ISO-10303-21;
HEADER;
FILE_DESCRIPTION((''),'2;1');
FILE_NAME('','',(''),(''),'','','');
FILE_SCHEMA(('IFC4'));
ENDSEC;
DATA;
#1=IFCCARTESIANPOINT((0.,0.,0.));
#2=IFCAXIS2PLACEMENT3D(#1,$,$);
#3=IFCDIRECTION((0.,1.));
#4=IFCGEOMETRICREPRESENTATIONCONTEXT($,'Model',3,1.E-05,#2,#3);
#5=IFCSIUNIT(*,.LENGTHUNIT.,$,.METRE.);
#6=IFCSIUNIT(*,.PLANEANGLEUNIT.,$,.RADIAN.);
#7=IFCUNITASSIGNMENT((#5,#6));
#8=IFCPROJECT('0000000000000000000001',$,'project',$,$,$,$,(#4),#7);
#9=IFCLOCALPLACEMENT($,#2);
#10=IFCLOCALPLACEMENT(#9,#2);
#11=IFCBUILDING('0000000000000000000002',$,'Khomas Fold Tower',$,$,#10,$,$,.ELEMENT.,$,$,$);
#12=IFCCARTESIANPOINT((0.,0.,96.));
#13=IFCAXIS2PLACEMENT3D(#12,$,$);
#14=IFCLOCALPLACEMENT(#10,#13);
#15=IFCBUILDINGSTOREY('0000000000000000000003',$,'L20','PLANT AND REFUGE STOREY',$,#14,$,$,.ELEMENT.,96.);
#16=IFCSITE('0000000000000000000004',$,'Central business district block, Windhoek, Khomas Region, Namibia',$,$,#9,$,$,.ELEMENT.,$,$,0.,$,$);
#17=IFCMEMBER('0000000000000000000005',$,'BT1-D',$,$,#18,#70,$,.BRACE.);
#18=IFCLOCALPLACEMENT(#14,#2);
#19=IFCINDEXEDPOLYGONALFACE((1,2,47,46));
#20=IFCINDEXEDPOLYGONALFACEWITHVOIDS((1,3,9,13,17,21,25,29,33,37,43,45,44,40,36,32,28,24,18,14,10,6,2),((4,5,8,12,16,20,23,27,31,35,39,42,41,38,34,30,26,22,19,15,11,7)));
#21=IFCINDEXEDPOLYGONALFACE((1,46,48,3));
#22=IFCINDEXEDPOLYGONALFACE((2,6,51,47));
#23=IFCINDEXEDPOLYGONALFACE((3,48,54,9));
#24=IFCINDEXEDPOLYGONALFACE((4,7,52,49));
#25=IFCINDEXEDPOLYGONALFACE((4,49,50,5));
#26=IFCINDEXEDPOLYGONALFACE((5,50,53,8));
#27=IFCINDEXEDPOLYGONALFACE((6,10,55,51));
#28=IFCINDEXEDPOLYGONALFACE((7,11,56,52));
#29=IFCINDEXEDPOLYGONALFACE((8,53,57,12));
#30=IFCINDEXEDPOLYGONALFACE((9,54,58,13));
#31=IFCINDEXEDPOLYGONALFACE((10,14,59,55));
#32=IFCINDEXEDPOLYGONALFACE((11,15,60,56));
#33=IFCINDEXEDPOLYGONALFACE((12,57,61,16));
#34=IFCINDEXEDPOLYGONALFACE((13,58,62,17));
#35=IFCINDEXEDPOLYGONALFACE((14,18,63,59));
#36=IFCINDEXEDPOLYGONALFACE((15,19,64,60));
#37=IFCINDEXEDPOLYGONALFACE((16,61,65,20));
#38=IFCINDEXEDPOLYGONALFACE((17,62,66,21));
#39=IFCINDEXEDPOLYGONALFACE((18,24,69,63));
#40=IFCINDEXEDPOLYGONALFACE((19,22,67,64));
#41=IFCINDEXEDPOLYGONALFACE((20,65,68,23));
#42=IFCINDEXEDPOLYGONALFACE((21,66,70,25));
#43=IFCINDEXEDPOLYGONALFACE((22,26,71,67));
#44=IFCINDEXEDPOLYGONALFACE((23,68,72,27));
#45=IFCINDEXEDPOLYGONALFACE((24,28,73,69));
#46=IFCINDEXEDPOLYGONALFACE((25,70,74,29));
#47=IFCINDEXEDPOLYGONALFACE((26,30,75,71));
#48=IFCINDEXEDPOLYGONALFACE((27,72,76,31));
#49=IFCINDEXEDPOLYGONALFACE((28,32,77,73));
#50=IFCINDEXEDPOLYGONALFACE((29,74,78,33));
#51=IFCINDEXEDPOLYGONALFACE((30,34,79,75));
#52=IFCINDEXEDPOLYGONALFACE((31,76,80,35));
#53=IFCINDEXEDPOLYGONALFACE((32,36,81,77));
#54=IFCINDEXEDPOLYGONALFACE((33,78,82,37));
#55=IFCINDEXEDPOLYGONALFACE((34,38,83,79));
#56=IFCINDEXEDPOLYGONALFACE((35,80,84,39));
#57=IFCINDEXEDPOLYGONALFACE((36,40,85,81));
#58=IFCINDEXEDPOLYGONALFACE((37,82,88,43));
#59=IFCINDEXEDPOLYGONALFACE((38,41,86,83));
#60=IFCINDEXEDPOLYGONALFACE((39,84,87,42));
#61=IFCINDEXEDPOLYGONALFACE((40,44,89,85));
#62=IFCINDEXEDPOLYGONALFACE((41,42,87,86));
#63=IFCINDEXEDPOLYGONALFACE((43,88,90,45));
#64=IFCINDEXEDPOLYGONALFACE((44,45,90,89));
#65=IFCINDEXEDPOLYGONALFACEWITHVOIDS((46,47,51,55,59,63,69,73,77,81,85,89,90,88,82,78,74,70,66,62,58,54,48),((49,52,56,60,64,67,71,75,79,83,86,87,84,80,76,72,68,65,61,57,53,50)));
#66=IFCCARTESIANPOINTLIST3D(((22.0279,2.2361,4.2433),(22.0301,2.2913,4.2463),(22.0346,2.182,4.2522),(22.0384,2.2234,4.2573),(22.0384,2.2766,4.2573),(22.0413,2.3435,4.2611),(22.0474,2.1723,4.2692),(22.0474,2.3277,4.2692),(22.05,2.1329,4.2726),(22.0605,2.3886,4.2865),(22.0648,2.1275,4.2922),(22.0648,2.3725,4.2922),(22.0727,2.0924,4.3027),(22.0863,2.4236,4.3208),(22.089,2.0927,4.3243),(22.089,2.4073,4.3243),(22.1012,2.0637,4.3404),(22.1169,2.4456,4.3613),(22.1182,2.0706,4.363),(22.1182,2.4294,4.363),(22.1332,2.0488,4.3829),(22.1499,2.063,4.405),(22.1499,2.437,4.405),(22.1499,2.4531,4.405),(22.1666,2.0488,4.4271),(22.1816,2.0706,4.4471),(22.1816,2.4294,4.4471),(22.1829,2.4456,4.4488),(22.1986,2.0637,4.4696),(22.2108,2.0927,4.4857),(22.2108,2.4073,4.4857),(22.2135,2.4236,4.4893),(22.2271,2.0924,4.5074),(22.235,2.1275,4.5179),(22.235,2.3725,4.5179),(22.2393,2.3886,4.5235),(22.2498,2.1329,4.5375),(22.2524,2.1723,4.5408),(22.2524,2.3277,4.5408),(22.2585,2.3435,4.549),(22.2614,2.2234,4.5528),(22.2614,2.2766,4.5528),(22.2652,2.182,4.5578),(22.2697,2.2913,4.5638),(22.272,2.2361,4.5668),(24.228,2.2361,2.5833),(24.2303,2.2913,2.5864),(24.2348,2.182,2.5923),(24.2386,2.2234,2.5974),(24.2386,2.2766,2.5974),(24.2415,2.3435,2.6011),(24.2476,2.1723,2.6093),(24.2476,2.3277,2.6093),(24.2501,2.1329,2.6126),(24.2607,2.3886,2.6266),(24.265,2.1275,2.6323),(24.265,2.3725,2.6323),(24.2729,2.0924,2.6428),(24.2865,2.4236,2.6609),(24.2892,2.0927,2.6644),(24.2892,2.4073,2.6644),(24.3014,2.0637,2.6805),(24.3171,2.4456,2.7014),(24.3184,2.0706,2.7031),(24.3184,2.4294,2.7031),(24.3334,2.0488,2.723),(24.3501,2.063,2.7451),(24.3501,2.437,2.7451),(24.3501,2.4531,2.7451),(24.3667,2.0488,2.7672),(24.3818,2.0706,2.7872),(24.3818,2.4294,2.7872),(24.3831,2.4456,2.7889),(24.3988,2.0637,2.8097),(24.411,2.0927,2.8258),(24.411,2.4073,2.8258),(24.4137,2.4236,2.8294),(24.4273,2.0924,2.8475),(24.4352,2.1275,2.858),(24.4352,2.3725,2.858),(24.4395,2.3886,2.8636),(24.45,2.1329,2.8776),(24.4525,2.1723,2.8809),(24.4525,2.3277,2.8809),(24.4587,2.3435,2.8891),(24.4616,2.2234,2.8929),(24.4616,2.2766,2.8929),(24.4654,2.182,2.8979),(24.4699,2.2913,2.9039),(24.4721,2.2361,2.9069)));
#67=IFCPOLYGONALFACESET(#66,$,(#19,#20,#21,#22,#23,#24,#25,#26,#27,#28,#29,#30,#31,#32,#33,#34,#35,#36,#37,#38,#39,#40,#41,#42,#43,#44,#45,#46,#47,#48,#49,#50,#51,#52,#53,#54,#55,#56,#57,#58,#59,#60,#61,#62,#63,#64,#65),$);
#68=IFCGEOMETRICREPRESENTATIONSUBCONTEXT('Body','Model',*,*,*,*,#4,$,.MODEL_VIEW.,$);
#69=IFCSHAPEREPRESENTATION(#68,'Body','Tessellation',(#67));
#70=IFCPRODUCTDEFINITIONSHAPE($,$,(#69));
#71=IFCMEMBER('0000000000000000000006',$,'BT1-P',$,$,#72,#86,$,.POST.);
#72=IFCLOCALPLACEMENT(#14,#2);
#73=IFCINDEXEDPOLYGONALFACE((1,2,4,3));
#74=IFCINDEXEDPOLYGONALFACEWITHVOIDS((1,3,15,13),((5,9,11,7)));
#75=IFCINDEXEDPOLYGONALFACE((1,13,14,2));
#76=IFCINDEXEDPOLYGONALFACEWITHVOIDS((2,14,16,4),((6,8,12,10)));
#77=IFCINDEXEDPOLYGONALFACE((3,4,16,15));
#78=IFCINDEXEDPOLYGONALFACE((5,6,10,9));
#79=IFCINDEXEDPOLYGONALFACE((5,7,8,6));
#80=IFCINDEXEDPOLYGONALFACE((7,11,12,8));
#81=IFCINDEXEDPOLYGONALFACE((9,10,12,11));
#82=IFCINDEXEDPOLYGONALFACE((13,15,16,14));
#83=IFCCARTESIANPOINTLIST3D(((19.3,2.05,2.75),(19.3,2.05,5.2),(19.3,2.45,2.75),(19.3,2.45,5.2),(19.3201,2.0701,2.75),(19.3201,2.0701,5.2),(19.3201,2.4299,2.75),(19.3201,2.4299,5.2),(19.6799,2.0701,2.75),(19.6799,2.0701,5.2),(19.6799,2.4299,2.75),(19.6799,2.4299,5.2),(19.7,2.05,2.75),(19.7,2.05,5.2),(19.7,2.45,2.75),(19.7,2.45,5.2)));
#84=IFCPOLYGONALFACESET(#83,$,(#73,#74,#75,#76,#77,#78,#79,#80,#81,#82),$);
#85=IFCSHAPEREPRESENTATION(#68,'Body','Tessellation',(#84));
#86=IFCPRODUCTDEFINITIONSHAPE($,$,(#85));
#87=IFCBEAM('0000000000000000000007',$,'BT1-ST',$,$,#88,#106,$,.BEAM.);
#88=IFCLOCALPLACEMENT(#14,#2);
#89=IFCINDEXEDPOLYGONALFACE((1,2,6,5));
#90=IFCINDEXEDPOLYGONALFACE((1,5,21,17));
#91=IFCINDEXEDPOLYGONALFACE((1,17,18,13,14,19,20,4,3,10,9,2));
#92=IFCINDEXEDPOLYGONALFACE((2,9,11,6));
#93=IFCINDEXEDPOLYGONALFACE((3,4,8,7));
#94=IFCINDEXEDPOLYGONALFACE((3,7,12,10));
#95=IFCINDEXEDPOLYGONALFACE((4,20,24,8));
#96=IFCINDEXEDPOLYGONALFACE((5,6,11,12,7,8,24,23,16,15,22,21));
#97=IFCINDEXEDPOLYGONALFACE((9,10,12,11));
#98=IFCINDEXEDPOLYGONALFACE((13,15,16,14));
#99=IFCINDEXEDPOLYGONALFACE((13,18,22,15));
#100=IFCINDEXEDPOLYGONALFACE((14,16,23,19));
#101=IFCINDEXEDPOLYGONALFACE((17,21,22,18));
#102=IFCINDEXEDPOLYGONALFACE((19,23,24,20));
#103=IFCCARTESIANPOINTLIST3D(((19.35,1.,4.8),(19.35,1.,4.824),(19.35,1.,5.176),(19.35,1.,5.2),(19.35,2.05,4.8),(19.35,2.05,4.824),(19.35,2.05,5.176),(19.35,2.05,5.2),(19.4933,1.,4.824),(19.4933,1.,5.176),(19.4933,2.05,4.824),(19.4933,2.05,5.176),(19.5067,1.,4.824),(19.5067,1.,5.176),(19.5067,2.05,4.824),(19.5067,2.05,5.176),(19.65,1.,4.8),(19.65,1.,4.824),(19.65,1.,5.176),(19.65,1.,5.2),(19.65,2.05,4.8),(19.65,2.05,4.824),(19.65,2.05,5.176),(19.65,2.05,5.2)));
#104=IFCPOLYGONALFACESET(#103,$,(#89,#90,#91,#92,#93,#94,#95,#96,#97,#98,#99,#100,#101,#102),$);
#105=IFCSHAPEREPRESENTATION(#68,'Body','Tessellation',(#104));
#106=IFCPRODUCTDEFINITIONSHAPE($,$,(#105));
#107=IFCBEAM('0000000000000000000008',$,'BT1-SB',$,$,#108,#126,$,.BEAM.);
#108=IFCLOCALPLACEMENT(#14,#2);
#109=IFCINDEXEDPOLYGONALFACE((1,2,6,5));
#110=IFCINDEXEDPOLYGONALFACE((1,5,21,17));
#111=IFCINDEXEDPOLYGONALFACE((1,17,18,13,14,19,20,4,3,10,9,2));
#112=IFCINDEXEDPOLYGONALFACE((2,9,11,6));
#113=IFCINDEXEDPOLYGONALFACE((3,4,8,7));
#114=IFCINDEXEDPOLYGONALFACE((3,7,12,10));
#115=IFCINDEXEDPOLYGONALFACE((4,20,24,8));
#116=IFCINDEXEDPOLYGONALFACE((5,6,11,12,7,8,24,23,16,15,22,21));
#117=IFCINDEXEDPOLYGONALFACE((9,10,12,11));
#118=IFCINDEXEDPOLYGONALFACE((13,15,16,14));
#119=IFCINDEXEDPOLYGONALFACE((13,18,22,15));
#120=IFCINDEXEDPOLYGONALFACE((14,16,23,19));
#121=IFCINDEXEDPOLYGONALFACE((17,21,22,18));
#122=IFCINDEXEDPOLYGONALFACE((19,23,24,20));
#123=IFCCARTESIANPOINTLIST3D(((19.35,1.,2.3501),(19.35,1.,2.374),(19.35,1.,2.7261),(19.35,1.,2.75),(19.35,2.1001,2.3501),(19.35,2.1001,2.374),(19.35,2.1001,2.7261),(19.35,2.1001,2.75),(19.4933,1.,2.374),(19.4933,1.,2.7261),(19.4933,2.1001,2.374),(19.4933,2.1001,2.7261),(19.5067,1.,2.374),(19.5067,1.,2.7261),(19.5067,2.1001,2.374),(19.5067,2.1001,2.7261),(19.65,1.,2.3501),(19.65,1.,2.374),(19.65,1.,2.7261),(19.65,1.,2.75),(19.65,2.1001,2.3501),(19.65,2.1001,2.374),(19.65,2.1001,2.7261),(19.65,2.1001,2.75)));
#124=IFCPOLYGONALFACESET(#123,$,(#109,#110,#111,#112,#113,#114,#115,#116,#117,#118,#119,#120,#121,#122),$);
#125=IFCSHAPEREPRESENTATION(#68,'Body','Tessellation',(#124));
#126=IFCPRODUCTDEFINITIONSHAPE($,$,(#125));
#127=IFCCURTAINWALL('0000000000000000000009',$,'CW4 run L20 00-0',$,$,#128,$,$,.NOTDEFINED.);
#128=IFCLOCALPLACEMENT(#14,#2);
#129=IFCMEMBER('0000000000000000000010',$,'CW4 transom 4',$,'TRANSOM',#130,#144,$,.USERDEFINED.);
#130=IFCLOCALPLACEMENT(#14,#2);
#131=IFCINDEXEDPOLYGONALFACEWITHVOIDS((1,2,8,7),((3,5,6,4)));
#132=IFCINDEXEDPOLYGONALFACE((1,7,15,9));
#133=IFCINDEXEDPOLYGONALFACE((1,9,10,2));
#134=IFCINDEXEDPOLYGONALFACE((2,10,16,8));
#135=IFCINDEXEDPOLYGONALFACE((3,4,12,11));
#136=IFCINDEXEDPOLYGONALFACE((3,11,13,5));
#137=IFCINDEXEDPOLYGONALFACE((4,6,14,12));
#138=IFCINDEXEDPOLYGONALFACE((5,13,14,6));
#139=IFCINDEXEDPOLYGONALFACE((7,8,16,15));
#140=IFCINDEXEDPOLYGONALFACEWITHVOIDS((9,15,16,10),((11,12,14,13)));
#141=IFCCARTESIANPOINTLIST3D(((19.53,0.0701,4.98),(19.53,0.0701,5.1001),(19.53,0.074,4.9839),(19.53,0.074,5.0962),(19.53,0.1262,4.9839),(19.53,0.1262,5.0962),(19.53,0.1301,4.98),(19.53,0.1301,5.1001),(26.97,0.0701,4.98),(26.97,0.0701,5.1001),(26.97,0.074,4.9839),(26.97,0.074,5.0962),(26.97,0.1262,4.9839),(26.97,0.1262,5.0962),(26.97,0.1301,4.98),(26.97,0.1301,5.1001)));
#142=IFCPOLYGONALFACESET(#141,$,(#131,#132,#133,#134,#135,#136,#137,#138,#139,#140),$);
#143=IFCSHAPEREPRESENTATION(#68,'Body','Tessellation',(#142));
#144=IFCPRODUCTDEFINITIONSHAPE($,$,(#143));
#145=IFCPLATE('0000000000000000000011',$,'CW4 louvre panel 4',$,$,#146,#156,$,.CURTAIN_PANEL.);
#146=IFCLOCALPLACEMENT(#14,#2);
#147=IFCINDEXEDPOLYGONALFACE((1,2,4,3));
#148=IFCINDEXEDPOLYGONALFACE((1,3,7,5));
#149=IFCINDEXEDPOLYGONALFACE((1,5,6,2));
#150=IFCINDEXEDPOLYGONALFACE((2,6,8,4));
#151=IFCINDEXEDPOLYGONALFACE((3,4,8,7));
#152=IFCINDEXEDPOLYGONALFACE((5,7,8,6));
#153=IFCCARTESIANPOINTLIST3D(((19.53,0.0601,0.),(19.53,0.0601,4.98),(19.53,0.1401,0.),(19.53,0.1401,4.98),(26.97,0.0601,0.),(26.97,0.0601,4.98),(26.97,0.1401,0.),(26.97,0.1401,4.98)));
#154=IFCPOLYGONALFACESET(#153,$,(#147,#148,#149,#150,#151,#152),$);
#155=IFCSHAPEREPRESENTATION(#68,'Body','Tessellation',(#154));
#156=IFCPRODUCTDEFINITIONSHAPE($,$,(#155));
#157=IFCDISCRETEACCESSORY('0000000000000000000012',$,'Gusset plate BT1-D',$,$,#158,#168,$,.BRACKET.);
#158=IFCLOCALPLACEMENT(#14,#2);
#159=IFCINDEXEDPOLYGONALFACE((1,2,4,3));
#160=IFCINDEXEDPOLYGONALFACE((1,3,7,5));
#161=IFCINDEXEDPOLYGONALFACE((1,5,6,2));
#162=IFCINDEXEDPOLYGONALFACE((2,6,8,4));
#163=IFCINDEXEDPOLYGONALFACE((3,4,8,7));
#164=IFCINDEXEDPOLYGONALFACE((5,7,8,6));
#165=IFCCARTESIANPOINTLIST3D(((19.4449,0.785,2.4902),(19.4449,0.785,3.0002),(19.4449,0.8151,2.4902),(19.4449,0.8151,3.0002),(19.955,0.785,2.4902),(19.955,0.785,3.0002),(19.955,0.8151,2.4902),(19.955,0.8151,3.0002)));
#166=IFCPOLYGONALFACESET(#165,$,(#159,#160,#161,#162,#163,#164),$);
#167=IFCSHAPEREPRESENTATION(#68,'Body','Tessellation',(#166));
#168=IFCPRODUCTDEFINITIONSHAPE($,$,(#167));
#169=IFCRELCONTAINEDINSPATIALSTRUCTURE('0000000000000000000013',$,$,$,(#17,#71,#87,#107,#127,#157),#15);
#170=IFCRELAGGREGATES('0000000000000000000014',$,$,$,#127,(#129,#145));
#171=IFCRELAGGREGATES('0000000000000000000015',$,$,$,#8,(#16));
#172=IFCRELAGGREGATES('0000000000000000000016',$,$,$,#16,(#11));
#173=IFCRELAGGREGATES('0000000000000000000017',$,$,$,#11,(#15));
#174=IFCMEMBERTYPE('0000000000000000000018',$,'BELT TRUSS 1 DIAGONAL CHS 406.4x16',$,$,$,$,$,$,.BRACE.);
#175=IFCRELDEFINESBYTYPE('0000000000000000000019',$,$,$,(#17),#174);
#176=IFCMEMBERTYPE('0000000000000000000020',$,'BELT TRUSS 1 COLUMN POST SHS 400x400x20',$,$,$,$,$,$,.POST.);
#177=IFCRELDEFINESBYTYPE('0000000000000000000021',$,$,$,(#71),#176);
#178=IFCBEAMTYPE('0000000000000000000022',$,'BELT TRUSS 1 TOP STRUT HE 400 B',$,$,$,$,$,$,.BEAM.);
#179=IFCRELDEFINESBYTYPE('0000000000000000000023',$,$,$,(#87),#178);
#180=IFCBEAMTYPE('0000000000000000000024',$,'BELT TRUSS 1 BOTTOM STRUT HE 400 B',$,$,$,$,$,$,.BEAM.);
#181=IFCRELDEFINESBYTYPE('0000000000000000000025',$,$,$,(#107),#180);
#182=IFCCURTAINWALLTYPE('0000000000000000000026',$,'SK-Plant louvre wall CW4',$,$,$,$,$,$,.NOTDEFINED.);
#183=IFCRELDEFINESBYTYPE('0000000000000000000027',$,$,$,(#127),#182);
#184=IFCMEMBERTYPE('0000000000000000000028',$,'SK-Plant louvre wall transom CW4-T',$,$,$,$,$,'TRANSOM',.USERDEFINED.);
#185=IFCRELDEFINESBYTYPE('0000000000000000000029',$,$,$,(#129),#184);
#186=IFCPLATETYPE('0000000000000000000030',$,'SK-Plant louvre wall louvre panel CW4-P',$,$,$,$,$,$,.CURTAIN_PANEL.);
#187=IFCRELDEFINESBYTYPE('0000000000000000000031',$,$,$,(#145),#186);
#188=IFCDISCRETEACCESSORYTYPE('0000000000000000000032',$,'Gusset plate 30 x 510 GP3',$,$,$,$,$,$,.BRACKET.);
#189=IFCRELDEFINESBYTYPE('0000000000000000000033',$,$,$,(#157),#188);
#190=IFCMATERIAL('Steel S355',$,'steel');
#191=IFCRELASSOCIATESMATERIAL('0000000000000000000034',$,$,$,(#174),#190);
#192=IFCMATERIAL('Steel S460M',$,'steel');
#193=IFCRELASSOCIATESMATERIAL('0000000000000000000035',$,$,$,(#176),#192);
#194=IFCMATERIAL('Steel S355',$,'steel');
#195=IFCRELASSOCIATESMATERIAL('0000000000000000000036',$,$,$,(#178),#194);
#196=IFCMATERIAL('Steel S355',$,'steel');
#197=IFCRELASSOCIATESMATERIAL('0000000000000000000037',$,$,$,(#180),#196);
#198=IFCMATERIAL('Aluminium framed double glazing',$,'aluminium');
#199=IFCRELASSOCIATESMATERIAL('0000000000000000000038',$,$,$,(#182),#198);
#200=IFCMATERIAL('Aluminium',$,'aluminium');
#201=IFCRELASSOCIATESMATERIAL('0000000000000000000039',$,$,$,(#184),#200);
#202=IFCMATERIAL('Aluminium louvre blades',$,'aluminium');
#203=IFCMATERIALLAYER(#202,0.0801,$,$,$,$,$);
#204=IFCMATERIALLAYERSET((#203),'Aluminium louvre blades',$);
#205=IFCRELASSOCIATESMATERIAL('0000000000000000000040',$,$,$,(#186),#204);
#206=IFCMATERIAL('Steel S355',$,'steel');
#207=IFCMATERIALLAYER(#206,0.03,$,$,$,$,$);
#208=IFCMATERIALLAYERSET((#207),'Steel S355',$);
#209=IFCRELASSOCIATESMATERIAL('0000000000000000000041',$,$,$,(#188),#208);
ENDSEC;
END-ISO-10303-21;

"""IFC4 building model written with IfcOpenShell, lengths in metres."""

from ifc_helpers import new_model, si_unit, direction, frame, origin, origin_2d, place, context, subcontext, project, spatial, rectangle, hollow_rectangle, hollow_circle, i_section, extrude, source, transform, mapped, material, layer, layer_set, material_profile, profile_set, type_object, element, aggregate, save


model = new_model("IFC4")

# Units and contexts
model_context = context("Model", 3, precision=1e-05, world=origin(), true_north=direction((0.0, 1.0)))
body_context = subcontext(model_context, "Body", "Model", "MODEL_VIEW")
ifc_project = project(units=[si_unit("LENGTHUNIT", "METRE"), si_unit("PLANEANGLEUNIT", "RADIAN")], contexts=[model_context])

# Site, building, storey
site_placement = place(None, origin())
site = spatial("IfcSite", under=ifc_project, at=site_placement, Name="Central business district block, Windhoek, Khomas Region, Namibia", CompositionType="ELEMENT", RefElevation=0.0)
building_placement = place(site_placement, origin())
building = spatial("IfcBuilding", under=site, at=building_placement, Name="Khomas Fold Tower", CompositionType="ELEMENT")
storey_placement = place(building_placement, frame((0.0, 0.0, 96.0)))
storey = spatial("IfcBuildingStorey", under=building, at=storey_placement, Name="L20", Description="PLANT AND REFUGE STOREY", CompositionType="ELEMENT", Elevation=96.0)

# Members
ifc_material_1 = material(Name="Steel S355", Category="steel")
ifc_material_profile_1 = material_profile(ifc_material_1, hollow_circle(Radius=0.2031, WallThickness=0.0161, at=origin_2d()), Name="CHS 406.4x16")
ifc_profile_set_1 = profile_set([ifc_material_profile_1], Name="Steel S355")
member_type_1 = type_object("IfcMemberType", Name="BELT TRUSS 1 DIAGONAL CHS 406.4x16", PredefinedType="BRACE", material=ifc_profile_set_1)
shared_shape_1 = source(origin(), body_context, "Body", "SweptSolid", [
    extrude(hollow_circle(Radius=0.2031, WallThickness=0.0161, at=origin_2d()), origin(), (0.0, 0.0, 1.0), 2.7561),
])
for number, where, z_axis, x_axis, name in (
    (1, (22.1499, 2.25, 4.405), (0.798296, 0.0, -0.602265), (0.0, 1.0, 0.0), "BT1-D"),
):
    element("IfcMember", number, at=place(storey_placement, frame(where, z_axis=z_axis, x_axis=x_axis)), inside=storey, type_object=member_type_1, Name=name, PredefinedType="BRACE", context=body_context, shape_type="MappedRepresentation", body=[
        mapped(shared_shape_1, transform((0.0, 0.0, 0.0))),
    ])
ifc_material_2 = material(Name="Steel S460M", Category="steel")
ifc_material_profile_2 = material_profile(ifc_material_2, hollow_rectangle(XDim=0.3999, YDim=0.3999, WallThickness=0.02, at=origin_2d()), Name="SHS 400x400x20")
ifc_profile_set_2 = profile_set([ifc_material_profile_2], Name="Steel S460M")
member_type_2 = type_object("IfcMemberType", Name="BELT TRUSS 1 COLUMN POST SHS 400x400x20", PredefinedType="POST", material=ifc_profile_set_2)
shared_shape_2 = source(origin(), body_context, "Body", "SweptSolid", [
    extrude(hollow_rectangle(XDim=0.3999, YDim=0.3999, WallThickness=0.02, at=origin_2d()), origin(), (0.0, 0.0, 1.0), 2.45),
])
member_1_placement = place(storey_placement, frame((19.5, 2.25, 2.75), z_axis=(0.0, 0.0, 1.0), x_axis=(1.0, 0.0, 0.0)))
element("IfcMember", 2, at=member_1_placement, inside=storey, type_object=member_type_2, Name="BT1-P", PredefinedType="POST", context=body_context, shape_type="MappedRepresentation", body=[
    mapped(shared_shape_2, transform((0.0, 0.0, 0.0))),
])

# Beams
ifc_material_3 = material(Name="Steel S355", Category="steel")
ifc_material_profile_3 = material_profile(ifc_material_3, i_section(OverallWidth=0.3, OverallDepth=0.3999, WebThickness=0.0134, FlangeThickness=0.0239, at=origin_2d()), Name="HE 400 B")
ifc_profile_set_3 = profile_set([ifc_material_profile_3], Name="Steel S355")
beam_type_1 = type_object("IfcBeamType", Name="BELT TRUSS 1 TOP STRUT HE 400 B", PredefinedType="BEAM", material=ifc_profile_set_3)
shared_shape_3 = source(origin(), body_context, "Body", "SweptSolid", [
    extrude(i_section(OverallWidth=0.3, OverallDepth=0.3999, WebThickness=0.0134, FlangeThickness=0.0239, at=origin_2d()), origin(), (0.0, 0.0, 1.0), 1.05),
])
beam_1_placement = place(storey_placement, frame((19.5, 2.05, 5.0), z_axis=(0.0, -1.0, 0.0), x_axis=(1.0, 0.0, 0.0)))
element("IfcBeam", 3, at=beam_1_placement, inside=storey, type_object=beam_type_1, Name="BT1-ST", PredefinedType="BEAM", context=body_context, shape_type="MappedRepresentation", body=[
    mapped(shared_shape_3, transform((0.0, 0.0, 0.0))),
])
ifc_material_4 = material(Name="Steel S355", Category="steel")
ifc_material_profile_4 = material_profile(ifc_material_4, i_section(OverallWidth=0.3, OverallDepth=0.3999, WebThickness=0.0134, FlangeThickness=0.0239, at=origin_2d()), Name="HE 400 B")
ifc_profile_set_4 = profile_set([ifc_material_profile_4], Name="Steel S355")
beam_type_2 = type_object("IfcBeamType", Name="BELT TRUSS 1 BOTTOM STRUT HE 400 B", PredefinedType="BEAM", material=ifc_profile_set_4)
shared_shape_4 = source(origin(), body_context, "Body", "SweptSolid", [
    extrude(i_section(OverallWidth=0.3, OverallDepth=0.3999, WebThickness=0.0134, FlangeThickness=0.0239, at=origin_2d()), origin(), (0.0, 0.0, 1.0), 1.1001),
])
beam_2_placement = place(storey_placement, frame((19.5, 2.1001, 2.55), z_axis=(0.0, -1.0, 0.0), x_axis=(1.0, 0.0, 0.0)))
element("IfcBeam", 4, at=beam_2_placement, inside=storey, type_object=beam_type_2, Name="BT1-SB", PredefinedType="BEAM", context=body_context, shape_type="MappedRepresentation", body=[
    mapped(shared_shape_4, transform((0.0, 0.0, 0.0))),
])

# Curtain wall, member, plate
ifc_material_5 = material(Name="Aluminium framed double glazing", Category="aluminium")
curtain_wall_type = type_object("IfcCurtainWallType", Name="SK-Plant louvre wall CW4", PredefinedType="NOTDEFINED", material=ifc_material_5)
curtain_wall_placement = place(storey_placement, origin())
curtain_wall = element("IfcCurtainWall", 5, at=curtain_wall_placement, inside=storey, type_object=curtain_wall_type, Name="CW4 run L20 00-0", PredefinedType="NOTDEFINED")
ifc_material_6 = material(Name="Aluminium", Category="aluminium")
ifc_material_profile_5 = material_profile(ifc_material_6, hollow_rectangle(XDim=0.0601, YDim=0.1201, WallThickness=0.0039, at=origin_2d()), Name="SK-Plant louvre wall transom CW4-T")
ifc_profile_set_5 = profile_set([ifc_material_profile_5], Name="Aluminium")
member_type_3 = type_object("IfcMemberType", Name="SK-Plant louvre wall transom CW4-T", ElementType="TRANSOM", PredefinedType="USERDEFINED", material=ifc_profile_set_5)
shared_shape_5 = source(origin(), body_context, "Body", "SweptSolid", [
    extrude(hollow_rectangle(XDim=0.0601, YDim=0.1201, WallThickness=0.0039, at=origin_2d()), origin(), (0.0, 0.0, 1.0), 7.4399),
])
member_2_placement = place(storey_placement, frame((19.53, 0.1001, 5.04), z_axis=(1.0, 0.0, 0.0), x_axis=(0.0, 1.0, 0.0)))
member_2 = element("IfcMember", 6, at=member_2_placement, type_object=member_type_3, Name="CW4 transom 4", ObjectType="TRANSOM", PredefinedType="USERDEFINED", context=body_context, shape_type="MappedRepresentation", body=[
    mapped(shared_shape_5, transform((0.0, 0.0, 0.0))),
])
ifc_material_7 = material(Name="Aluminium louvre blades", Category="aluminium")
ifc_layer_1 = layer(ifc_material_7, 0.0801)
ifc_layer_set_1 = layer_set([ifc_layer_1], Name="Aluminium louvre blades")
plate_type = type_object("IfcPlateType", Name="SK-Plant louvre wall louvre panel CW4-P", PredefinedType="CURTAIN_PANEL", material=ifc_layer_set_1)
shared_shape_6 = source(origin(), body_context, "Body", "SweptSolid", [
    extrude(rectangle(XDim=7.4399, YDim=0.0801, at=origin_2d()), origin(), (0.0, 0.0, 1.0), 4.98),
])
plate_placement = place(storey_placement, frame((23.25, 0.1001, 0.0), z_axis=(0.0, 0.0, 1.0), x_axis=(1.0, 0.0, 0.0)))
plate = element("IfcPlate", 7, at=plate_placement, type_object=plate_type, Name="CW4 louvre panel 4", PredefinedType="CURTAIN_PANEL", context=body_context, shape_type="MappedRepresentation", body=[
    mapped(shared_shape_6, transform((0.0, 0.0, 0.0))),
])
aggregate(curtain_wall, [member_2, plate])

# Discrete accessory
ifc_material_8 = material(Name="Steel S355", Category="steel")
ifc_layer_2 = layer(ifc_material_8, 0.03)
ifc_layer_set_2 = layer_set([ifc_layer_2], Name="Steel S355")
discrete_accessory_type = type_object("IfcDiscreteAccessoryType", Name="Gusset plate 30 x 510 GP3", PredefinedType="BRACKET", material=ifc_layer_set_2)
shared_shape_7 = source(origin(), body_context, "Body", "SweptSolid", [
    extrude(rectangle(XDim=0.51, YDim=0.03, at=origin_2d()), origin(), (0.0, 0.0, 1.0), 0.51),
])
for number, where, z_axis, x_axis, name in (
    (8, (19.7, 0.8, 2.4902), (0.0, 0.0, 1.0), (1.0, 0.0, 0.0), "Gusset plate BT1-D"),
):
    element("IfcDiscreteAccessory", number, at=place(storey_placement, frame(where, z_axis=z_axis, x_axis=x_axis)), inside=storey, type_object=discrete_accessory_type, Name=name, PredefinedType="BRACKET", context=body_context, shape_type="MappedRepresentation", body=[
        mapped(shared_shape_7, transform((0.0, 0.0, 0.0))),
    ])

save(model, "model.ifc")
